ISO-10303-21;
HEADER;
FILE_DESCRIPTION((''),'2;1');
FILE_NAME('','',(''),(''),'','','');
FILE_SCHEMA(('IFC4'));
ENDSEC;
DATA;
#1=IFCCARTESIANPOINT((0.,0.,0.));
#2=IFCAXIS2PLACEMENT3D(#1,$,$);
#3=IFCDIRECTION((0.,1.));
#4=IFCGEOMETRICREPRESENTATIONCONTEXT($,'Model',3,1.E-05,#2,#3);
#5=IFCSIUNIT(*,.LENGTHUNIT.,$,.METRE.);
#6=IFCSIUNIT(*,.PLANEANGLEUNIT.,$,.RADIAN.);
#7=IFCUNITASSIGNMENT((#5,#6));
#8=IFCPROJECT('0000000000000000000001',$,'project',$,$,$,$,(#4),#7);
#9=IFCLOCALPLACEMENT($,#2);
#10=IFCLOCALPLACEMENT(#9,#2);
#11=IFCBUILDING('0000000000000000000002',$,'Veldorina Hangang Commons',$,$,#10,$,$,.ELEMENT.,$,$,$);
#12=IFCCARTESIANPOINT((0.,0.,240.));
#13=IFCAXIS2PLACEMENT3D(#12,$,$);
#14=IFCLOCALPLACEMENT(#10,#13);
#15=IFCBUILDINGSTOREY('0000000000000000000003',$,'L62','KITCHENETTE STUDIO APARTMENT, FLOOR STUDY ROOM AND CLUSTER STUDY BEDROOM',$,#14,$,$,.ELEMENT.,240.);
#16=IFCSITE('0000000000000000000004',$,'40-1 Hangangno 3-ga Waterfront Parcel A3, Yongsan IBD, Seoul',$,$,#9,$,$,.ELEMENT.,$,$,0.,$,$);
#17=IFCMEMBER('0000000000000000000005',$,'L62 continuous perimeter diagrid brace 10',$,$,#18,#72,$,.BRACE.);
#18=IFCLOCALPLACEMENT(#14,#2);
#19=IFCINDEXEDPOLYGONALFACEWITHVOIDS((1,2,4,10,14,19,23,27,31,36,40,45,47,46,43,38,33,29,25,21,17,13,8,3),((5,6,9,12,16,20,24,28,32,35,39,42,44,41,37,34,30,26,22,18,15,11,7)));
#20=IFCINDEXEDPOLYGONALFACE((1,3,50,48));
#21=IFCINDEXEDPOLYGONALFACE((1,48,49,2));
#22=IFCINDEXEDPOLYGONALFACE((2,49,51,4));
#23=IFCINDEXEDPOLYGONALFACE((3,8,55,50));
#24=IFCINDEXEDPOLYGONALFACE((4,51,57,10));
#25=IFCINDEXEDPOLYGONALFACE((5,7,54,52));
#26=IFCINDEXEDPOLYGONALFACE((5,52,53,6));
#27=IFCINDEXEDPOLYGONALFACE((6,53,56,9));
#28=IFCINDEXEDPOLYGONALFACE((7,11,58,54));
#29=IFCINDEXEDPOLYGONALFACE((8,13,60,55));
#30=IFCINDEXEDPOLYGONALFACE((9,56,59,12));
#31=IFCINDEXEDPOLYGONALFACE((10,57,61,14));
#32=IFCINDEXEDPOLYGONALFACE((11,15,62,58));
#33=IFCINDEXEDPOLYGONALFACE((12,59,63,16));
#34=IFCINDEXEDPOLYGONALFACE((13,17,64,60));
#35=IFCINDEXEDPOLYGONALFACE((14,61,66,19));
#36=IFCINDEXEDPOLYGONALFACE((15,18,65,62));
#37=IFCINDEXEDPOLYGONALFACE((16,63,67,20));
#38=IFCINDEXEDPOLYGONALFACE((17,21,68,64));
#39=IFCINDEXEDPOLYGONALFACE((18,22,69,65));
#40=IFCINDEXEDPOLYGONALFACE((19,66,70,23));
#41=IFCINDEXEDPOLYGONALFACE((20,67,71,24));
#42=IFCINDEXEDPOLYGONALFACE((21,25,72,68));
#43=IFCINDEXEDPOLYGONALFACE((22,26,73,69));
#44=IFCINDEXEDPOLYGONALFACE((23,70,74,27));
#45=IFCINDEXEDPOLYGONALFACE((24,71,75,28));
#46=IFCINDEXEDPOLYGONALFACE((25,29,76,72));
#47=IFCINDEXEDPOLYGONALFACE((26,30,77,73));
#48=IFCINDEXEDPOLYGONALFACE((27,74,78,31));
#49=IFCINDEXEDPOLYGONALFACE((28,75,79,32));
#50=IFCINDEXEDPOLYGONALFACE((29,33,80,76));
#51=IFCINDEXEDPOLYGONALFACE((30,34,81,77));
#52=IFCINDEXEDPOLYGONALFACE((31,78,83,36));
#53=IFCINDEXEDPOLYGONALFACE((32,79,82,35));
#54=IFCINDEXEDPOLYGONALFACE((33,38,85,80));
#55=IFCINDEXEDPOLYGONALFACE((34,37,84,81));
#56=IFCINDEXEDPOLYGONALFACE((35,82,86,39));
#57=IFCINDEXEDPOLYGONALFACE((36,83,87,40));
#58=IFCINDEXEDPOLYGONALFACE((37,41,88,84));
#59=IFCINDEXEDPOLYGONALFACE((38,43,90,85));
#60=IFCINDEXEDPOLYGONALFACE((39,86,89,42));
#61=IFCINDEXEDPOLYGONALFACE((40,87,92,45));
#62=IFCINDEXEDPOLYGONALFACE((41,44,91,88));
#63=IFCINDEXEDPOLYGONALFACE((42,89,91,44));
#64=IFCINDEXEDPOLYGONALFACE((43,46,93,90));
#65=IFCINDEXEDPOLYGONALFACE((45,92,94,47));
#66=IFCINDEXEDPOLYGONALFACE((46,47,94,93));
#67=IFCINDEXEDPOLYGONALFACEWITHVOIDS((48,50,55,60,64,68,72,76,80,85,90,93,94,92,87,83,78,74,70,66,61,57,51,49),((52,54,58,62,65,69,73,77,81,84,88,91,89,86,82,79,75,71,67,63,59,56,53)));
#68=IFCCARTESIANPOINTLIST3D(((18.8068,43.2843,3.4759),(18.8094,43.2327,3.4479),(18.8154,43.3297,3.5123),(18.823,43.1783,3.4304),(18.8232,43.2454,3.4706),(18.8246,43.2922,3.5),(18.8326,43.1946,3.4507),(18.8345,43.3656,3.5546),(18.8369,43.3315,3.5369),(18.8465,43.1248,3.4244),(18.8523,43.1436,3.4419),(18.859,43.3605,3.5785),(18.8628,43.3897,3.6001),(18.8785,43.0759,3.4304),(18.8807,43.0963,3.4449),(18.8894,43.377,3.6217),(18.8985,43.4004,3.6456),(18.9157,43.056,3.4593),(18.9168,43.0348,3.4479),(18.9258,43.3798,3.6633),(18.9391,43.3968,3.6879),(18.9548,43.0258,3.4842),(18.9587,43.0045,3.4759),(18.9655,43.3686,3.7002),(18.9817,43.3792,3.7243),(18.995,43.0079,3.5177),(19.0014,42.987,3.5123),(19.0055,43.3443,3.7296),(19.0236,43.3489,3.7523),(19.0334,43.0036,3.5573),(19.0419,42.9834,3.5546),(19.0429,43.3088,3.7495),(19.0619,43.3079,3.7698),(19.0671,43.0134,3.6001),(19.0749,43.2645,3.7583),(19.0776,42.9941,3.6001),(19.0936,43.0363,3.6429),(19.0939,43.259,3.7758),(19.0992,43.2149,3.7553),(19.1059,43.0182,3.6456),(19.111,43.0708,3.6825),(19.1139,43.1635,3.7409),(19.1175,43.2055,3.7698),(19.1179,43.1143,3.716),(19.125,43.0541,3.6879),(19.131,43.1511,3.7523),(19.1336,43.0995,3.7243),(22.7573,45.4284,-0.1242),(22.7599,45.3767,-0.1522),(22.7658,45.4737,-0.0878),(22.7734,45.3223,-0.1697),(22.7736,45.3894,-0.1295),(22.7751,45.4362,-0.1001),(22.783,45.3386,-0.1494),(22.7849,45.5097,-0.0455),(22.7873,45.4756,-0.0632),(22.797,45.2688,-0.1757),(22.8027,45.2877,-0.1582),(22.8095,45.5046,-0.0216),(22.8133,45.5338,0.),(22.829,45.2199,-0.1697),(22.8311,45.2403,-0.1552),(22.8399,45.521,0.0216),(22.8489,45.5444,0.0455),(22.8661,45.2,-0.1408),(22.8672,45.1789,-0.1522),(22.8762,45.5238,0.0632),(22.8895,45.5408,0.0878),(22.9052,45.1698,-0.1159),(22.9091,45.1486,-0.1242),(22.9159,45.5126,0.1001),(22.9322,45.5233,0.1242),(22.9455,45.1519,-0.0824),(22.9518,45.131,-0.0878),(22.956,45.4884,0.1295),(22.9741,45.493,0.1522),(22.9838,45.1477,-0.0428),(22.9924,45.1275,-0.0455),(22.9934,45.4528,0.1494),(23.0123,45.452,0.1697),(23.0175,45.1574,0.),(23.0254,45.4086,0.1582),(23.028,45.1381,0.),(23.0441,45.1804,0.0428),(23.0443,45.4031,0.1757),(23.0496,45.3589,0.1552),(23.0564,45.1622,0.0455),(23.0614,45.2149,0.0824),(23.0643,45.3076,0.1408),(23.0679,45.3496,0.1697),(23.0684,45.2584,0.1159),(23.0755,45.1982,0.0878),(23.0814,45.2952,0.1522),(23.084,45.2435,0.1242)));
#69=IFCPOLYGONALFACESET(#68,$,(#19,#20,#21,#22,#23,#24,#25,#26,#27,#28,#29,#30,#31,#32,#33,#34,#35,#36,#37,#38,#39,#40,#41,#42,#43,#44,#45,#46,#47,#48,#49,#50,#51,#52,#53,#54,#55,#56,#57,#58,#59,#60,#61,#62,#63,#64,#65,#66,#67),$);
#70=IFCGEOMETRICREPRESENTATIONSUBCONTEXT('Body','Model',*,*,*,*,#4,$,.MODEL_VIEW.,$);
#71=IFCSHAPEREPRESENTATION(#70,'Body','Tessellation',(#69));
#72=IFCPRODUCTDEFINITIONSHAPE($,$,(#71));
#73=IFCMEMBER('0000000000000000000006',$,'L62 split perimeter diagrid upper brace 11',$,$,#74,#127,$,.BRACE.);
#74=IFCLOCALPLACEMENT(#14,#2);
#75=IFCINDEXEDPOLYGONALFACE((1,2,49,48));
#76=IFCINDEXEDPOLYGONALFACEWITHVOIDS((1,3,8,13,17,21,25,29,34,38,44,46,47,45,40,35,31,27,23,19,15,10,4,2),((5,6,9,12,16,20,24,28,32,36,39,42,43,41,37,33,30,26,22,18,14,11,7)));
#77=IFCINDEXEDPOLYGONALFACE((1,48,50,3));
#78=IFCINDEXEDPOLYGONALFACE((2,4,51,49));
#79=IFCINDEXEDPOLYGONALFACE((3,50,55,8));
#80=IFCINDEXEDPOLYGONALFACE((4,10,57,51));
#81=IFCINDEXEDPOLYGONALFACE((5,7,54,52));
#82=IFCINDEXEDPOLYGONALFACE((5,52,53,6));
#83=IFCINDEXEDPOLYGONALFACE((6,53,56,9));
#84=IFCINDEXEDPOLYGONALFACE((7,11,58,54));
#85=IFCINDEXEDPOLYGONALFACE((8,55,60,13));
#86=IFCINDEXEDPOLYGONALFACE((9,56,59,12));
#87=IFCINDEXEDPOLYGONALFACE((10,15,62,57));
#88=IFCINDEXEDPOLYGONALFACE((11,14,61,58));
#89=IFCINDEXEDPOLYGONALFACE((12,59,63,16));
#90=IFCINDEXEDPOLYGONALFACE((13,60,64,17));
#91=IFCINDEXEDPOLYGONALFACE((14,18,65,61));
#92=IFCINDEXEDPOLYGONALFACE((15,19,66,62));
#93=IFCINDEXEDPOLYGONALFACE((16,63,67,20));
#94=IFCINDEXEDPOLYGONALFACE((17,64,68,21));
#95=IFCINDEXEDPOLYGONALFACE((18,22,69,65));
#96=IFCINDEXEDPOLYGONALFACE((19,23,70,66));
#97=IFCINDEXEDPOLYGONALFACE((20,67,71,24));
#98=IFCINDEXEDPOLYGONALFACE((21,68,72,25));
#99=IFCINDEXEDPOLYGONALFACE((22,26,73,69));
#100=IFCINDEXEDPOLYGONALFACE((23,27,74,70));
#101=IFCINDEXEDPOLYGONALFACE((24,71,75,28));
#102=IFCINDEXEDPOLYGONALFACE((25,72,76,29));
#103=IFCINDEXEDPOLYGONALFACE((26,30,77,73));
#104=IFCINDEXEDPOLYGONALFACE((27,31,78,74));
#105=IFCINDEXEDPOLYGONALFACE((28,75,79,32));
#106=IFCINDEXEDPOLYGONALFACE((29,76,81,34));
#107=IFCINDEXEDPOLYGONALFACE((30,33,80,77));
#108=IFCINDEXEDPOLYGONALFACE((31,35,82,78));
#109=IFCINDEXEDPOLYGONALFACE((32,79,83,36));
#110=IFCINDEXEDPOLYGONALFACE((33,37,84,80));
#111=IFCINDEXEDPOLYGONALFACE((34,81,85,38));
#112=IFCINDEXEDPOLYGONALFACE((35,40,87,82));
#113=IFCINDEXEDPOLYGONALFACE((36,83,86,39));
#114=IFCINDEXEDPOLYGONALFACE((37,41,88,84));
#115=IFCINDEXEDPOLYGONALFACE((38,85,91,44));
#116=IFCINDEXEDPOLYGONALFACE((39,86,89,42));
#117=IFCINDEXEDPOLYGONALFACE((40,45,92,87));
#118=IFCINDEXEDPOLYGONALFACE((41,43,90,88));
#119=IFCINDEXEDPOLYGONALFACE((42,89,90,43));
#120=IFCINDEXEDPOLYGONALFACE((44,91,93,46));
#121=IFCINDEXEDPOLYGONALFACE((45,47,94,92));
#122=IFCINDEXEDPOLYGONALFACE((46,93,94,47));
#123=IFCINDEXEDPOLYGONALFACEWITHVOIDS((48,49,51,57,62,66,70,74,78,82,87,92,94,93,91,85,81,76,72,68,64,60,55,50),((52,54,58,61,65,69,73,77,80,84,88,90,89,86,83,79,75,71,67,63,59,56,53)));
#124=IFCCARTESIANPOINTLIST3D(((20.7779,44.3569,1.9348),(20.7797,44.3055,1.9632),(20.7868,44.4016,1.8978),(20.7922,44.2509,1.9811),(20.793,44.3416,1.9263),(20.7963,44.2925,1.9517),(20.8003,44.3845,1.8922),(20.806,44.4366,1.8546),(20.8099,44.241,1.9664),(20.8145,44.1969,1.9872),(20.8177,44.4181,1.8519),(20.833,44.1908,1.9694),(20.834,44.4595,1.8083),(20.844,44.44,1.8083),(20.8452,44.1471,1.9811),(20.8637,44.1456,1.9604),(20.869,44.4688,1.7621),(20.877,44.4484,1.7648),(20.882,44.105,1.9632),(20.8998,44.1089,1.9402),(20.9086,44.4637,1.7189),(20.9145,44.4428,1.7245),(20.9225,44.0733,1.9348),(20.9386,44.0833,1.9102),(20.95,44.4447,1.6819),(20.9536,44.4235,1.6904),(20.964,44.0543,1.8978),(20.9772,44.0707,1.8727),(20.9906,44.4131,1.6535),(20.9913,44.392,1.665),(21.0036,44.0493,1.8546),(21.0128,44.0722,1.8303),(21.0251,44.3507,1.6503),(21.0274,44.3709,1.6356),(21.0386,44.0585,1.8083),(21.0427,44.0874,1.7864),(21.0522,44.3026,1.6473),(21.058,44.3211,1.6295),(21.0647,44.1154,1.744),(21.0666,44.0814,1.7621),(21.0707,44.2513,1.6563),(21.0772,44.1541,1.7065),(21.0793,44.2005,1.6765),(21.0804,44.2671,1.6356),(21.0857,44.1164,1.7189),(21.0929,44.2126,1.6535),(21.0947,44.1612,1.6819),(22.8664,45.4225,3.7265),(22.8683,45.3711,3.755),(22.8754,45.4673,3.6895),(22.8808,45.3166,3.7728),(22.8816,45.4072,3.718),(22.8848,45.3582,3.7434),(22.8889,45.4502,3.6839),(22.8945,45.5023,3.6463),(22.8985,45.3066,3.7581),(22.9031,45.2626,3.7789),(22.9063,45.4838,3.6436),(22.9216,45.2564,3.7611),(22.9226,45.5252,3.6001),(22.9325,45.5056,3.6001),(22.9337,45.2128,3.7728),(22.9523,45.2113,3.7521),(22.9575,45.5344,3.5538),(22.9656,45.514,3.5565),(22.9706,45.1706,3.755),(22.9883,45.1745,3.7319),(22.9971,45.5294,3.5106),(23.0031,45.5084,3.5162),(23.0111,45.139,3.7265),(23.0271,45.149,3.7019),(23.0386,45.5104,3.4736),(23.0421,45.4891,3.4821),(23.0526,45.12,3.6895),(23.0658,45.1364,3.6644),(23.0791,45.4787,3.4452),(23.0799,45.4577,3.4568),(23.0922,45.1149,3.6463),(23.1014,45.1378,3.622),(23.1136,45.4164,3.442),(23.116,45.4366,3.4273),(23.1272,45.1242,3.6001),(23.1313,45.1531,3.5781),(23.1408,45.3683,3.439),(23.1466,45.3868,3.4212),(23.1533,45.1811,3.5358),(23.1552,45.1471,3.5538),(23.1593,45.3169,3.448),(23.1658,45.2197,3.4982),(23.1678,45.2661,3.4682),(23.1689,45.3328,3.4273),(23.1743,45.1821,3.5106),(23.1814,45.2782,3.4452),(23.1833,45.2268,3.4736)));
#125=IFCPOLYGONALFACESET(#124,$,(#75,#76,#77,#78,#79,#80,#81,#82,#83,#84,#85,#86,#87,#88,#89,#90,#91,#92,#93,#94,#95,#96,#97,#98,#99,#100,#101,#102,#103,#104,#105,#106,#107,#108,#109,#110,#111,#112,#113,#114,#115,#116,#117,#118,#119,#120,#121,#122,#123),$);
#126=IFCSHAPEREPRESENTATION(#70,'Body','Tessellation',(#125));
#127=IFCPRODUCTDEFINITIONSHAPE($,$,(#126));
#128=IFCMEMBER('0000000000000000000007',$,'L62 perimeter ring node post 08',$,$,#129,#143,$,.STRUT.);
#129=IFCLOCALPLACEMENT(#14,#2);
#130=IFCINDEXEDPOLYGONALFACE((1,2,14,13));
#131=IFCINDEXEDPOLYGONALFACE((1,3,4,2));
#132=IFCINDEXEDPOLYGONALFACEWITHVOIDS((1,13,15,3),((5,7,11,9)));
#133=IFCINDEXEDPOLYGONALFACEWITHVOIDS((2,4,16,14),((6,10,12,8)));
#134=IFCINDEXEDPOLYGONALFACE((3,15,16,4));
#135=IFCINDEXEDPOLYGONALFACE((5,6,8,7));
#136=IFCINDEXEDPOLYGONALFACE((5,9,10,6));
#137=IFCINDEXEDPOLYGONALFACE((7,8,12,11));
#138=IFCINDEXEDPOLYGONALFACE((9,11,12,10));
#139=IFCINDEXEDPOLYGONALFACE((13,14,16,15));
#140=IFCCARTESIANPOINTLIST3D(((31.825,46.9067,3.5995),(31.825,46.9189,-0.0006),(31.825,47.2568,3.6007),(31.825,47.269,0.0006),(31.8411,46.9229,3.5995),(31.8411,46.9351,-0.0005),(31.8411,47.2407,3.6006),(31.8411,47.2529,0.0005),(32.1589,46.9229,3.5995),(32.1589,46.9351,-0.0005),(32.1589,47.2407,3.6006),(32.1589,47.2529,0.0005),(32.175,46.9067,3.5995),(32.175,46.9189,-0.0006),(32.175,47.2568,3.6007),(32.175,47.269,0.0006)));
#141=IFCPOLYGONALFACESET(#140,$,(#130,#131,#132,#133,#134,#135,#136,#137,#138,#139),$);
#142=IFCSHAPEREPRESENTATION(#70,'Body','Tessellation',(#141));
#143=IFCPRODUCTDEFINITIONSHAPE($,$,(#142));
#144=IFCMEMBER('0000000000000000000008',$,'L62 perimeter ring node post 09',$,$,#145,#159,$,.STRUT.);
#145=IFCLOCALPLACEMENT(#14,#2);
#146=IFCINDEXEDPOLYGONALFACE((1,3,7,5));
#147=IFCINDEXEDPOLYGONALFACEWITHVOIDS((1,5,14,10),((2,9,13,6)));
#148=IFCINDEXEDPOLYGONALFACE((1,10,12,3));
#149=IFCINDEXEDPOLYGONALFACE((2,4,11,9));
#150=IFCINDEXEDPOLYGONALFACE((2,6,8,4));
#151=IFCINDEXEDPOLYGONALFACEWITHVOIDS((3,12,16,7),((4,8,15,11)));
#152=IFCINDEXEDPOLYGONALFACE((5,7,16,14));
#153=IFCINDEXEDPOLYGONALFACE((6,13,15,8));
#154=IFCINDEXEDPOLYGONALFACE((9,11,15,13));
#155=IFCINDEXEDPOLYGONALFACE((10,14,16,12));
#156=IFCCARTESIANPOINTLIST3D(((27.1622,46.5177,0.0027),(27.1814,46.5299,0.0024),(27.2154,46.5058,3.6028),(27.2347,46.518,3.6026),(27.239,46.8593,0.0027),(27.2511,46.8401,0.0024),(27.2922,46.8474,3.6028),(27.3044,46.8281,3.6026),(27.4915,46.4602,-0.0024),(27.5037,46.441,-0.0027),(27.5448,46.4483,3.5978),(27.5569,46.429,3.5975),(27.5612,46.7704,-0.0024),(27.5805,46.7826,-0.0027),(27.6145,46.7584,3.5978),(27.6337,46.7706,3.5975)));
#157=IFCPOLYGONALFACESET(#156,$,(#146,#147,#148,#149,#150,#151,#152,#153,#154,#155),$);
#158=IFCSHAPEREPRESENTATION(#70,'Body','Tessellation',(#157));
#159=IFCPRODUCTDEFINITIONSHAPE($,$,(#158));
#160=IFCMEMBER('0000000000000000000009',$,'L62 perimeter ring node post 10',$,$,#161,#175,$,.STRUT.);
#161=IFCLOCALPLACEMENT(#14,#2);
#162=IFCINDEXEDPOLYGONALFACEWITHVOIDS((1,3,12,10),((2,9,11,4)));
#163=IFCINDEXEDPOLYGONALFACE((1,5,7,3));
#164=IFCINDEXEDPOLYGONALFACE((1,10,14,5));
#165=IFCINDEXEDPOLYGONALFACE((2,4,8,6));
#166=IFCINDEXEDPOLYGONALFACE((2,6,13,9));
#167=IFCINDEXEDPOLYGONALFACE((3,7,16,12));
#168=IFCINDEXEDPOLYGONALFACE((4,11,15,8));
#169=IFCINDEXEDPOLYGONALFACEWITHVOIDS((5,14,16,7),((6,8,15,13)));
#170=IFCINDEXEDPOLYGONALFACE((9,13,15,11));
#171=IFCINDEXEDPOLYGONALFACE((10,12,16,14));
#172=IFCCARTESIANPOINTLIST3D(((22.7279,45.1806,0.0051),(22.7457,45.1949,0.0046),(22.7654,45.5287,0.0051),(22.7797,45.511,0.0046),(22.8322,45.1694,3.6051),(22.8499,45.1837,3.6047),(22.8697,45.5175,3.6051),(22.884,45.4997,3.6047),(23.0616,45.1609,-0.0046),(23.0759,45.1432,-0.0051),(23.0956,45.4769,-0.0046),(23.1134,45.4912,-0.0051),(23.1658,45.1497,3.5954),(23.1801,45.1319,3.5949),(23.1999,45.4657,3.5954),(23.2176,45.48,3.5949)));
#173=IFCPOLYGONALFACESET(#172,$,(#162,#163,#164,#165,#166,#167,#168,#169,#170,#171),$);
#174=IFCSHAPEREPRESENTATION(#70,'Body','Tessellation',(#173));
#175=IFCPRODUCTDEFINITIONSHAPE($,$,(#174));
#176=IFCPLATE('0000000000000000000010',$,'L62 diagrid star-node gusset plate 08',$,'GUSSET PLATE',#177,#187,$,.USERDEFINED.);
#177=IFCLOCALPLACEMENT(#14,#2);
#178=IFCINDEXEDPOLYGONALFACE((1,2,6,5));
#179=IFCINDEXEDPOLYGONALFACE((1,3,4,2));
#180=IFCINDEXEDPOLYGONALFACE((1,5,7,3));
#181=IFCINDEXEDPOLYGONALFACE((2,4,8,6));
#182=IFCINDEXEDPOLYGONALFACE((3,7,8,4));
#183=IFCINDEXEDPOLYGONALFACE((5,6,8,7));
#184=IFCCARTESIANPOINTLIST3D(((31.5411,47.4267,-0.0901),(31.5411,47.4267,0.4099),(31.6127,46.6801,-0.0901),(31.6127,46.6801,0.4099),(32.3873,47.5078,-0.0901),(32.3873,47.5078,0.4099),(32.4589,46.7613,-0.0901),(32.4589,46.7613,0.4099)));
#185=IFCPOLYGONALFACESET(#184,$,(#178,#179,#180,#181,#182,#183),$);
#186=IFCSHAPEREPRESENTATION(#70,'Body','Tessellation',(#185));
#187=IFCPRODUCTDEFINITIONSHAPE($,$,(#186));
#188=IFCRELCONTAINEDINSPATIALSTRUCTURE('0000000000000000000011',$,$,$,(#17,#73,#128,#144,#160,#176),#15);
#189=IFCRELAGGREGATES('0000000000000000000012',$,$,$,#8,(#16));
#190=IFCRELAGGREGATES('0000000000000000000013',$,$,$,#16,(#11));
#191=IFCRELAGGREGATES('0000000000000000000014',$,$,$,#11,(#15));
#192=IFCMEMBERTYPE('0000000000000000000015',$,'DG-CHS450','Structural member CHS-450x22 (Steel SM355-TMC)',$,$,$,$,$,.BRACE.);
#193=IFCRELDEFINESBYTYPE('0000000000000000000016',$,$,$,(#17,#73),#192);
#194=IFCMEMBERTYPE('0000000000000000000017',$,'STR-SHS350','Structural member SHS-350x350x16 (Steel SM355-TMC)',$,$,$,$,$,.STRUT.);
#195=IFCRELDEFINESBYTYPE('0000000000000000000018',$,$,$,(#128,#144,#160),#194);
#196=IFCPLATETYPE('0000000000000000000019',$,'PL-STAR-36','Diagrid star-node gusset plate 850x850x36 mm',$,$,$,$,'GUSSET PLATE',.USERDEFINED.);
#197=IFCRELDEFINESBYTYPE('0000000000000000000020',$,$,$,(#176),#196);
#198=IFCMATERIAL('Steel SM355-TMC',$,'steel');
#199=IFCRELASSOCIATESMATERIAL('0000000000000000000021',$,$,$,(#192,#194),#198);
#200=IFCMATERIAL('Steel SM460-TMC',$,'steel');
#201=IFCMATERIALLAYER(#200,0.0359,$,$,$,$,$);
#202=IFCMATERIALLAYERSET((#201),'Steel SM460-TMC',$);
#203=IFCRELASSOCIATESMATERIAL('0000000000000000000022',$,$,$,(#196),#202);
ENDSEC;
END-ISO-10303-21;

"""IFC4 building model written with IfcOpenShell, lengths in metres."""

from ifc_helpers import new_model, si_unit, direction, frame, origin, origin_2d, place, context, subcontext, project, spatial, rectangle, hollow_rectangle, hollow_circle, extrude, material, layer, layer_set, material_profile, profile_set, type_object, element, save


model = new_model("IFC4")

# Units and contexts
model_context = context("Model", 3, precision=1e-05, world=origin(), true_north=direction((0.0, 1.0)))
body_context = subcontext(model_context, "Body", "Model", "MODEL_VIEW")
ifc_project = project(units=[si_unit("LENGTHUNIT", "METRE"), si_unit("PLANEANGLEUNIT", "RADIAN")], contexts=[model_context])

# Site, building, storey
site_placement = place(None, origin())
site = spatial("IfcSite", under=ifc_project, at=site_placement, Name="40-1 Hangangno 3-ga Waterfront Parcel A3, Yongsan IBD, Seoul", CompositionType="ELEMENT", RefElevation=0.0)
building_placement = place(site_placement, origin())
building = spatial("IfcBuilding", under=site, at=building_placement, Name="Veldorina Hangang Commons", CompositionType="ELEMENT")
storey_placement = place(building_placement, frame((0.0, 0.0, 240.0)))
storey = spatial("IfcBuildingStorey", under=building, at=storey_placement, Name="L62", Description="KITCHENETTE STUDIO APARTMENT, FLOOR STUDY ROOM AND CLUSTER STUDY BEDROOM", CompositionType="ELEMENT", Elevation=240.0)

# Shared definitions
ifc_material_1 = material(Name="Steel SM355-TMC", Category="steel")

# Members
ifc_material_profile_1 = material_profile(ifc_material_1, hollow_circle(Radius=0.2251, WallThickness=0.022, at=origin_2d()), Name="CHS-450x22")
ifc_profile_set_1 = profile_set([ifc_material_profile_1], Name="Steel SM355-TMC")
member_type_1 = type_object("IfcMemberType", Name="DG-CHS450", Description="Structural member CHS-450x22 (Steel SM355-TMC)", PredefinedType="BRACE", material=ifc_profile_set_1)
member_1_placement = place(storey_placement, frame((22.9207, 45.3359, 0.0), z_axis=(-0.685985, -0.372308, 0.625149), x_axis=(0.477009, -0.878898, 0.0)))
element("IfcMember", 1, at=member_1_placement, inside=storey, type_object=member_type_1, Name="L62 continuous perimeter diagrid brace 10", PredefinedType="BRACE", context=body_context, shape_type="SweptSolid", body=[
    extrude(hollow_circle(Radius=0.2251, WallThickness=0.022, at=origin_2d()), origin(), (0.0, 0.0, 1.0), 5.7588),
])
member_2_placement = place(storey_placement, frame((20.9363, 44.259, 1.8083), z_axis=(0.707769, 0.361124, 0.607168), x_axis=(-0.454487, 0.890753, 0.0)))
element("IfcMember", 2, at=member_2_placement, inside=storey, type_object=member_type_1, Name="L62 split perimeter diagrid upper brace 11", PredefinedType="BRACE", context=body_context, shape_type="SweptSolid", body=[
    extrude(hollow_circle(Radius=0.2251, WallThickness=0.022, at=origin_2d()), origin(), (0.0, 0.0, 1.0), 2.9509),
])
ifc_material_profile_2 = material_profile(ifc_material_1, hollow_rectangle(XDim=0.3501, YDim=0.3501, WallThickness=0.0161, at=origin_2d()), Name="SHS-350x350x16")
ifc_profile_set_2 = profile_set([ifc_material_profile_2], Name="Steel SM355-TMC")
member_type_2 = type_object("IfcMemberType", Name="STR-SHS350", Description="Structural member SHS-350x350x16 (Steel SM355-TMC)", PredefinedType="STRUT", material=ifc_profile_set_2)
member_3_placement = place(storey_placement, frame((32.0, 47.094, 0.0), z_axis=(0.0, -0.003391, 0.999994), x_axis=(1.0, 0.0, 0.0)))
element("IfcMember", 3, at=member_3_placement, inside=storey, type_object=member_type_2, Name="L62 perimeter ring node post 08", PredefinedType="STRUT", context=body_context, shape_type="SweptSolid", body=[
    extrude(hollow_rectangle(XDim=0.3501, YDim=0.3501, WallThickness=0.0161, at=origin_2d()), origin(), (0.0, 0.0, 1.0), 3.6001),
])
member_4_placement = place(storey_placement, frame((27.3713, 46.6501, 0.0), z_axis=(0.014782, -0.003323, 0.999885), x_axis=(0.219299, 0.975658, 0.0)))
element("IfcMember", 4, at=member_4_placement, inside=storey, type_object=member_type_2, Name="L62 perimeter ring node post 09", PredefinedType="STRUT", context=body_context, shape_type="SweptSolid", body=[
    extrude(hollow_rectangle(XDim=0.3501, YDim=0.3501, WallThickness=0.0161, at=origin_2d()), origin(), (0.0, 0.0, 1.0), 3.6006),
])
member_5_placement = place(storey_placement, frame((22.9207, 45.3359, 0.0), z_axis=(0.028945, -0.003118, 0.999576), x_axis=(0.107109, 0.994247, 0.0)))
element("IfcMember", 5, at=member_5_placement, inside=storey, type_object=member_type_2, Name="L62 perimeter ring node post 10", PredefinedType="STRUT", context=body_context, shape_type="SweptSolid", body=[
    extrude(hollow_rectangle(XDim=0.3501, YDim=0.3501, WallThickness=0.0161, at=origin_2d()), origin(), (0.0, 0.0, 1.0), 3.6016),
])

# Plate
ifc_material_2 = material(Name="Steel SM460-TMC", Category="steel")
ifc_layer_1 = layer(ifc_material_2, 0.0359)
ifc_layer_set_1 = layer_set([ifc_layer_1], Name="Steel SM460-TMC")
plate_type = type_object("IfcPlateType", Name="PL-STAR-36", Description="Diagrid star-node gusset plate 850x850x36 mm", ElementType="GUSSET PLATE", PredefinedType="USERDEFINED", material=ifc_layer_set_1)
plate_1_placement = place(storey_placement, frame((32.0, 47.094, -0.0901), z_axis=(0.0, 0.0, 1.0), x_axis=(-0.995436, -0.095429, 0.0)))
element("IfcPlate", 6, at=plate_1_placement, inside=storey, type_object=plate_type, Name="L62 diagrid star-node gusset plate 08", ObjectType="GUSSET PLATE", PredefinedType="USERDEFINED", context=body_context, shape_type="SweptSolid", body=[
    extrude(rectangle(XDim=0.8501, YDim=0.75, at=origin_2d()), origin(), (0.0, 0.0, 1.0), 0.5),
])

save(model, "model.ifc")
